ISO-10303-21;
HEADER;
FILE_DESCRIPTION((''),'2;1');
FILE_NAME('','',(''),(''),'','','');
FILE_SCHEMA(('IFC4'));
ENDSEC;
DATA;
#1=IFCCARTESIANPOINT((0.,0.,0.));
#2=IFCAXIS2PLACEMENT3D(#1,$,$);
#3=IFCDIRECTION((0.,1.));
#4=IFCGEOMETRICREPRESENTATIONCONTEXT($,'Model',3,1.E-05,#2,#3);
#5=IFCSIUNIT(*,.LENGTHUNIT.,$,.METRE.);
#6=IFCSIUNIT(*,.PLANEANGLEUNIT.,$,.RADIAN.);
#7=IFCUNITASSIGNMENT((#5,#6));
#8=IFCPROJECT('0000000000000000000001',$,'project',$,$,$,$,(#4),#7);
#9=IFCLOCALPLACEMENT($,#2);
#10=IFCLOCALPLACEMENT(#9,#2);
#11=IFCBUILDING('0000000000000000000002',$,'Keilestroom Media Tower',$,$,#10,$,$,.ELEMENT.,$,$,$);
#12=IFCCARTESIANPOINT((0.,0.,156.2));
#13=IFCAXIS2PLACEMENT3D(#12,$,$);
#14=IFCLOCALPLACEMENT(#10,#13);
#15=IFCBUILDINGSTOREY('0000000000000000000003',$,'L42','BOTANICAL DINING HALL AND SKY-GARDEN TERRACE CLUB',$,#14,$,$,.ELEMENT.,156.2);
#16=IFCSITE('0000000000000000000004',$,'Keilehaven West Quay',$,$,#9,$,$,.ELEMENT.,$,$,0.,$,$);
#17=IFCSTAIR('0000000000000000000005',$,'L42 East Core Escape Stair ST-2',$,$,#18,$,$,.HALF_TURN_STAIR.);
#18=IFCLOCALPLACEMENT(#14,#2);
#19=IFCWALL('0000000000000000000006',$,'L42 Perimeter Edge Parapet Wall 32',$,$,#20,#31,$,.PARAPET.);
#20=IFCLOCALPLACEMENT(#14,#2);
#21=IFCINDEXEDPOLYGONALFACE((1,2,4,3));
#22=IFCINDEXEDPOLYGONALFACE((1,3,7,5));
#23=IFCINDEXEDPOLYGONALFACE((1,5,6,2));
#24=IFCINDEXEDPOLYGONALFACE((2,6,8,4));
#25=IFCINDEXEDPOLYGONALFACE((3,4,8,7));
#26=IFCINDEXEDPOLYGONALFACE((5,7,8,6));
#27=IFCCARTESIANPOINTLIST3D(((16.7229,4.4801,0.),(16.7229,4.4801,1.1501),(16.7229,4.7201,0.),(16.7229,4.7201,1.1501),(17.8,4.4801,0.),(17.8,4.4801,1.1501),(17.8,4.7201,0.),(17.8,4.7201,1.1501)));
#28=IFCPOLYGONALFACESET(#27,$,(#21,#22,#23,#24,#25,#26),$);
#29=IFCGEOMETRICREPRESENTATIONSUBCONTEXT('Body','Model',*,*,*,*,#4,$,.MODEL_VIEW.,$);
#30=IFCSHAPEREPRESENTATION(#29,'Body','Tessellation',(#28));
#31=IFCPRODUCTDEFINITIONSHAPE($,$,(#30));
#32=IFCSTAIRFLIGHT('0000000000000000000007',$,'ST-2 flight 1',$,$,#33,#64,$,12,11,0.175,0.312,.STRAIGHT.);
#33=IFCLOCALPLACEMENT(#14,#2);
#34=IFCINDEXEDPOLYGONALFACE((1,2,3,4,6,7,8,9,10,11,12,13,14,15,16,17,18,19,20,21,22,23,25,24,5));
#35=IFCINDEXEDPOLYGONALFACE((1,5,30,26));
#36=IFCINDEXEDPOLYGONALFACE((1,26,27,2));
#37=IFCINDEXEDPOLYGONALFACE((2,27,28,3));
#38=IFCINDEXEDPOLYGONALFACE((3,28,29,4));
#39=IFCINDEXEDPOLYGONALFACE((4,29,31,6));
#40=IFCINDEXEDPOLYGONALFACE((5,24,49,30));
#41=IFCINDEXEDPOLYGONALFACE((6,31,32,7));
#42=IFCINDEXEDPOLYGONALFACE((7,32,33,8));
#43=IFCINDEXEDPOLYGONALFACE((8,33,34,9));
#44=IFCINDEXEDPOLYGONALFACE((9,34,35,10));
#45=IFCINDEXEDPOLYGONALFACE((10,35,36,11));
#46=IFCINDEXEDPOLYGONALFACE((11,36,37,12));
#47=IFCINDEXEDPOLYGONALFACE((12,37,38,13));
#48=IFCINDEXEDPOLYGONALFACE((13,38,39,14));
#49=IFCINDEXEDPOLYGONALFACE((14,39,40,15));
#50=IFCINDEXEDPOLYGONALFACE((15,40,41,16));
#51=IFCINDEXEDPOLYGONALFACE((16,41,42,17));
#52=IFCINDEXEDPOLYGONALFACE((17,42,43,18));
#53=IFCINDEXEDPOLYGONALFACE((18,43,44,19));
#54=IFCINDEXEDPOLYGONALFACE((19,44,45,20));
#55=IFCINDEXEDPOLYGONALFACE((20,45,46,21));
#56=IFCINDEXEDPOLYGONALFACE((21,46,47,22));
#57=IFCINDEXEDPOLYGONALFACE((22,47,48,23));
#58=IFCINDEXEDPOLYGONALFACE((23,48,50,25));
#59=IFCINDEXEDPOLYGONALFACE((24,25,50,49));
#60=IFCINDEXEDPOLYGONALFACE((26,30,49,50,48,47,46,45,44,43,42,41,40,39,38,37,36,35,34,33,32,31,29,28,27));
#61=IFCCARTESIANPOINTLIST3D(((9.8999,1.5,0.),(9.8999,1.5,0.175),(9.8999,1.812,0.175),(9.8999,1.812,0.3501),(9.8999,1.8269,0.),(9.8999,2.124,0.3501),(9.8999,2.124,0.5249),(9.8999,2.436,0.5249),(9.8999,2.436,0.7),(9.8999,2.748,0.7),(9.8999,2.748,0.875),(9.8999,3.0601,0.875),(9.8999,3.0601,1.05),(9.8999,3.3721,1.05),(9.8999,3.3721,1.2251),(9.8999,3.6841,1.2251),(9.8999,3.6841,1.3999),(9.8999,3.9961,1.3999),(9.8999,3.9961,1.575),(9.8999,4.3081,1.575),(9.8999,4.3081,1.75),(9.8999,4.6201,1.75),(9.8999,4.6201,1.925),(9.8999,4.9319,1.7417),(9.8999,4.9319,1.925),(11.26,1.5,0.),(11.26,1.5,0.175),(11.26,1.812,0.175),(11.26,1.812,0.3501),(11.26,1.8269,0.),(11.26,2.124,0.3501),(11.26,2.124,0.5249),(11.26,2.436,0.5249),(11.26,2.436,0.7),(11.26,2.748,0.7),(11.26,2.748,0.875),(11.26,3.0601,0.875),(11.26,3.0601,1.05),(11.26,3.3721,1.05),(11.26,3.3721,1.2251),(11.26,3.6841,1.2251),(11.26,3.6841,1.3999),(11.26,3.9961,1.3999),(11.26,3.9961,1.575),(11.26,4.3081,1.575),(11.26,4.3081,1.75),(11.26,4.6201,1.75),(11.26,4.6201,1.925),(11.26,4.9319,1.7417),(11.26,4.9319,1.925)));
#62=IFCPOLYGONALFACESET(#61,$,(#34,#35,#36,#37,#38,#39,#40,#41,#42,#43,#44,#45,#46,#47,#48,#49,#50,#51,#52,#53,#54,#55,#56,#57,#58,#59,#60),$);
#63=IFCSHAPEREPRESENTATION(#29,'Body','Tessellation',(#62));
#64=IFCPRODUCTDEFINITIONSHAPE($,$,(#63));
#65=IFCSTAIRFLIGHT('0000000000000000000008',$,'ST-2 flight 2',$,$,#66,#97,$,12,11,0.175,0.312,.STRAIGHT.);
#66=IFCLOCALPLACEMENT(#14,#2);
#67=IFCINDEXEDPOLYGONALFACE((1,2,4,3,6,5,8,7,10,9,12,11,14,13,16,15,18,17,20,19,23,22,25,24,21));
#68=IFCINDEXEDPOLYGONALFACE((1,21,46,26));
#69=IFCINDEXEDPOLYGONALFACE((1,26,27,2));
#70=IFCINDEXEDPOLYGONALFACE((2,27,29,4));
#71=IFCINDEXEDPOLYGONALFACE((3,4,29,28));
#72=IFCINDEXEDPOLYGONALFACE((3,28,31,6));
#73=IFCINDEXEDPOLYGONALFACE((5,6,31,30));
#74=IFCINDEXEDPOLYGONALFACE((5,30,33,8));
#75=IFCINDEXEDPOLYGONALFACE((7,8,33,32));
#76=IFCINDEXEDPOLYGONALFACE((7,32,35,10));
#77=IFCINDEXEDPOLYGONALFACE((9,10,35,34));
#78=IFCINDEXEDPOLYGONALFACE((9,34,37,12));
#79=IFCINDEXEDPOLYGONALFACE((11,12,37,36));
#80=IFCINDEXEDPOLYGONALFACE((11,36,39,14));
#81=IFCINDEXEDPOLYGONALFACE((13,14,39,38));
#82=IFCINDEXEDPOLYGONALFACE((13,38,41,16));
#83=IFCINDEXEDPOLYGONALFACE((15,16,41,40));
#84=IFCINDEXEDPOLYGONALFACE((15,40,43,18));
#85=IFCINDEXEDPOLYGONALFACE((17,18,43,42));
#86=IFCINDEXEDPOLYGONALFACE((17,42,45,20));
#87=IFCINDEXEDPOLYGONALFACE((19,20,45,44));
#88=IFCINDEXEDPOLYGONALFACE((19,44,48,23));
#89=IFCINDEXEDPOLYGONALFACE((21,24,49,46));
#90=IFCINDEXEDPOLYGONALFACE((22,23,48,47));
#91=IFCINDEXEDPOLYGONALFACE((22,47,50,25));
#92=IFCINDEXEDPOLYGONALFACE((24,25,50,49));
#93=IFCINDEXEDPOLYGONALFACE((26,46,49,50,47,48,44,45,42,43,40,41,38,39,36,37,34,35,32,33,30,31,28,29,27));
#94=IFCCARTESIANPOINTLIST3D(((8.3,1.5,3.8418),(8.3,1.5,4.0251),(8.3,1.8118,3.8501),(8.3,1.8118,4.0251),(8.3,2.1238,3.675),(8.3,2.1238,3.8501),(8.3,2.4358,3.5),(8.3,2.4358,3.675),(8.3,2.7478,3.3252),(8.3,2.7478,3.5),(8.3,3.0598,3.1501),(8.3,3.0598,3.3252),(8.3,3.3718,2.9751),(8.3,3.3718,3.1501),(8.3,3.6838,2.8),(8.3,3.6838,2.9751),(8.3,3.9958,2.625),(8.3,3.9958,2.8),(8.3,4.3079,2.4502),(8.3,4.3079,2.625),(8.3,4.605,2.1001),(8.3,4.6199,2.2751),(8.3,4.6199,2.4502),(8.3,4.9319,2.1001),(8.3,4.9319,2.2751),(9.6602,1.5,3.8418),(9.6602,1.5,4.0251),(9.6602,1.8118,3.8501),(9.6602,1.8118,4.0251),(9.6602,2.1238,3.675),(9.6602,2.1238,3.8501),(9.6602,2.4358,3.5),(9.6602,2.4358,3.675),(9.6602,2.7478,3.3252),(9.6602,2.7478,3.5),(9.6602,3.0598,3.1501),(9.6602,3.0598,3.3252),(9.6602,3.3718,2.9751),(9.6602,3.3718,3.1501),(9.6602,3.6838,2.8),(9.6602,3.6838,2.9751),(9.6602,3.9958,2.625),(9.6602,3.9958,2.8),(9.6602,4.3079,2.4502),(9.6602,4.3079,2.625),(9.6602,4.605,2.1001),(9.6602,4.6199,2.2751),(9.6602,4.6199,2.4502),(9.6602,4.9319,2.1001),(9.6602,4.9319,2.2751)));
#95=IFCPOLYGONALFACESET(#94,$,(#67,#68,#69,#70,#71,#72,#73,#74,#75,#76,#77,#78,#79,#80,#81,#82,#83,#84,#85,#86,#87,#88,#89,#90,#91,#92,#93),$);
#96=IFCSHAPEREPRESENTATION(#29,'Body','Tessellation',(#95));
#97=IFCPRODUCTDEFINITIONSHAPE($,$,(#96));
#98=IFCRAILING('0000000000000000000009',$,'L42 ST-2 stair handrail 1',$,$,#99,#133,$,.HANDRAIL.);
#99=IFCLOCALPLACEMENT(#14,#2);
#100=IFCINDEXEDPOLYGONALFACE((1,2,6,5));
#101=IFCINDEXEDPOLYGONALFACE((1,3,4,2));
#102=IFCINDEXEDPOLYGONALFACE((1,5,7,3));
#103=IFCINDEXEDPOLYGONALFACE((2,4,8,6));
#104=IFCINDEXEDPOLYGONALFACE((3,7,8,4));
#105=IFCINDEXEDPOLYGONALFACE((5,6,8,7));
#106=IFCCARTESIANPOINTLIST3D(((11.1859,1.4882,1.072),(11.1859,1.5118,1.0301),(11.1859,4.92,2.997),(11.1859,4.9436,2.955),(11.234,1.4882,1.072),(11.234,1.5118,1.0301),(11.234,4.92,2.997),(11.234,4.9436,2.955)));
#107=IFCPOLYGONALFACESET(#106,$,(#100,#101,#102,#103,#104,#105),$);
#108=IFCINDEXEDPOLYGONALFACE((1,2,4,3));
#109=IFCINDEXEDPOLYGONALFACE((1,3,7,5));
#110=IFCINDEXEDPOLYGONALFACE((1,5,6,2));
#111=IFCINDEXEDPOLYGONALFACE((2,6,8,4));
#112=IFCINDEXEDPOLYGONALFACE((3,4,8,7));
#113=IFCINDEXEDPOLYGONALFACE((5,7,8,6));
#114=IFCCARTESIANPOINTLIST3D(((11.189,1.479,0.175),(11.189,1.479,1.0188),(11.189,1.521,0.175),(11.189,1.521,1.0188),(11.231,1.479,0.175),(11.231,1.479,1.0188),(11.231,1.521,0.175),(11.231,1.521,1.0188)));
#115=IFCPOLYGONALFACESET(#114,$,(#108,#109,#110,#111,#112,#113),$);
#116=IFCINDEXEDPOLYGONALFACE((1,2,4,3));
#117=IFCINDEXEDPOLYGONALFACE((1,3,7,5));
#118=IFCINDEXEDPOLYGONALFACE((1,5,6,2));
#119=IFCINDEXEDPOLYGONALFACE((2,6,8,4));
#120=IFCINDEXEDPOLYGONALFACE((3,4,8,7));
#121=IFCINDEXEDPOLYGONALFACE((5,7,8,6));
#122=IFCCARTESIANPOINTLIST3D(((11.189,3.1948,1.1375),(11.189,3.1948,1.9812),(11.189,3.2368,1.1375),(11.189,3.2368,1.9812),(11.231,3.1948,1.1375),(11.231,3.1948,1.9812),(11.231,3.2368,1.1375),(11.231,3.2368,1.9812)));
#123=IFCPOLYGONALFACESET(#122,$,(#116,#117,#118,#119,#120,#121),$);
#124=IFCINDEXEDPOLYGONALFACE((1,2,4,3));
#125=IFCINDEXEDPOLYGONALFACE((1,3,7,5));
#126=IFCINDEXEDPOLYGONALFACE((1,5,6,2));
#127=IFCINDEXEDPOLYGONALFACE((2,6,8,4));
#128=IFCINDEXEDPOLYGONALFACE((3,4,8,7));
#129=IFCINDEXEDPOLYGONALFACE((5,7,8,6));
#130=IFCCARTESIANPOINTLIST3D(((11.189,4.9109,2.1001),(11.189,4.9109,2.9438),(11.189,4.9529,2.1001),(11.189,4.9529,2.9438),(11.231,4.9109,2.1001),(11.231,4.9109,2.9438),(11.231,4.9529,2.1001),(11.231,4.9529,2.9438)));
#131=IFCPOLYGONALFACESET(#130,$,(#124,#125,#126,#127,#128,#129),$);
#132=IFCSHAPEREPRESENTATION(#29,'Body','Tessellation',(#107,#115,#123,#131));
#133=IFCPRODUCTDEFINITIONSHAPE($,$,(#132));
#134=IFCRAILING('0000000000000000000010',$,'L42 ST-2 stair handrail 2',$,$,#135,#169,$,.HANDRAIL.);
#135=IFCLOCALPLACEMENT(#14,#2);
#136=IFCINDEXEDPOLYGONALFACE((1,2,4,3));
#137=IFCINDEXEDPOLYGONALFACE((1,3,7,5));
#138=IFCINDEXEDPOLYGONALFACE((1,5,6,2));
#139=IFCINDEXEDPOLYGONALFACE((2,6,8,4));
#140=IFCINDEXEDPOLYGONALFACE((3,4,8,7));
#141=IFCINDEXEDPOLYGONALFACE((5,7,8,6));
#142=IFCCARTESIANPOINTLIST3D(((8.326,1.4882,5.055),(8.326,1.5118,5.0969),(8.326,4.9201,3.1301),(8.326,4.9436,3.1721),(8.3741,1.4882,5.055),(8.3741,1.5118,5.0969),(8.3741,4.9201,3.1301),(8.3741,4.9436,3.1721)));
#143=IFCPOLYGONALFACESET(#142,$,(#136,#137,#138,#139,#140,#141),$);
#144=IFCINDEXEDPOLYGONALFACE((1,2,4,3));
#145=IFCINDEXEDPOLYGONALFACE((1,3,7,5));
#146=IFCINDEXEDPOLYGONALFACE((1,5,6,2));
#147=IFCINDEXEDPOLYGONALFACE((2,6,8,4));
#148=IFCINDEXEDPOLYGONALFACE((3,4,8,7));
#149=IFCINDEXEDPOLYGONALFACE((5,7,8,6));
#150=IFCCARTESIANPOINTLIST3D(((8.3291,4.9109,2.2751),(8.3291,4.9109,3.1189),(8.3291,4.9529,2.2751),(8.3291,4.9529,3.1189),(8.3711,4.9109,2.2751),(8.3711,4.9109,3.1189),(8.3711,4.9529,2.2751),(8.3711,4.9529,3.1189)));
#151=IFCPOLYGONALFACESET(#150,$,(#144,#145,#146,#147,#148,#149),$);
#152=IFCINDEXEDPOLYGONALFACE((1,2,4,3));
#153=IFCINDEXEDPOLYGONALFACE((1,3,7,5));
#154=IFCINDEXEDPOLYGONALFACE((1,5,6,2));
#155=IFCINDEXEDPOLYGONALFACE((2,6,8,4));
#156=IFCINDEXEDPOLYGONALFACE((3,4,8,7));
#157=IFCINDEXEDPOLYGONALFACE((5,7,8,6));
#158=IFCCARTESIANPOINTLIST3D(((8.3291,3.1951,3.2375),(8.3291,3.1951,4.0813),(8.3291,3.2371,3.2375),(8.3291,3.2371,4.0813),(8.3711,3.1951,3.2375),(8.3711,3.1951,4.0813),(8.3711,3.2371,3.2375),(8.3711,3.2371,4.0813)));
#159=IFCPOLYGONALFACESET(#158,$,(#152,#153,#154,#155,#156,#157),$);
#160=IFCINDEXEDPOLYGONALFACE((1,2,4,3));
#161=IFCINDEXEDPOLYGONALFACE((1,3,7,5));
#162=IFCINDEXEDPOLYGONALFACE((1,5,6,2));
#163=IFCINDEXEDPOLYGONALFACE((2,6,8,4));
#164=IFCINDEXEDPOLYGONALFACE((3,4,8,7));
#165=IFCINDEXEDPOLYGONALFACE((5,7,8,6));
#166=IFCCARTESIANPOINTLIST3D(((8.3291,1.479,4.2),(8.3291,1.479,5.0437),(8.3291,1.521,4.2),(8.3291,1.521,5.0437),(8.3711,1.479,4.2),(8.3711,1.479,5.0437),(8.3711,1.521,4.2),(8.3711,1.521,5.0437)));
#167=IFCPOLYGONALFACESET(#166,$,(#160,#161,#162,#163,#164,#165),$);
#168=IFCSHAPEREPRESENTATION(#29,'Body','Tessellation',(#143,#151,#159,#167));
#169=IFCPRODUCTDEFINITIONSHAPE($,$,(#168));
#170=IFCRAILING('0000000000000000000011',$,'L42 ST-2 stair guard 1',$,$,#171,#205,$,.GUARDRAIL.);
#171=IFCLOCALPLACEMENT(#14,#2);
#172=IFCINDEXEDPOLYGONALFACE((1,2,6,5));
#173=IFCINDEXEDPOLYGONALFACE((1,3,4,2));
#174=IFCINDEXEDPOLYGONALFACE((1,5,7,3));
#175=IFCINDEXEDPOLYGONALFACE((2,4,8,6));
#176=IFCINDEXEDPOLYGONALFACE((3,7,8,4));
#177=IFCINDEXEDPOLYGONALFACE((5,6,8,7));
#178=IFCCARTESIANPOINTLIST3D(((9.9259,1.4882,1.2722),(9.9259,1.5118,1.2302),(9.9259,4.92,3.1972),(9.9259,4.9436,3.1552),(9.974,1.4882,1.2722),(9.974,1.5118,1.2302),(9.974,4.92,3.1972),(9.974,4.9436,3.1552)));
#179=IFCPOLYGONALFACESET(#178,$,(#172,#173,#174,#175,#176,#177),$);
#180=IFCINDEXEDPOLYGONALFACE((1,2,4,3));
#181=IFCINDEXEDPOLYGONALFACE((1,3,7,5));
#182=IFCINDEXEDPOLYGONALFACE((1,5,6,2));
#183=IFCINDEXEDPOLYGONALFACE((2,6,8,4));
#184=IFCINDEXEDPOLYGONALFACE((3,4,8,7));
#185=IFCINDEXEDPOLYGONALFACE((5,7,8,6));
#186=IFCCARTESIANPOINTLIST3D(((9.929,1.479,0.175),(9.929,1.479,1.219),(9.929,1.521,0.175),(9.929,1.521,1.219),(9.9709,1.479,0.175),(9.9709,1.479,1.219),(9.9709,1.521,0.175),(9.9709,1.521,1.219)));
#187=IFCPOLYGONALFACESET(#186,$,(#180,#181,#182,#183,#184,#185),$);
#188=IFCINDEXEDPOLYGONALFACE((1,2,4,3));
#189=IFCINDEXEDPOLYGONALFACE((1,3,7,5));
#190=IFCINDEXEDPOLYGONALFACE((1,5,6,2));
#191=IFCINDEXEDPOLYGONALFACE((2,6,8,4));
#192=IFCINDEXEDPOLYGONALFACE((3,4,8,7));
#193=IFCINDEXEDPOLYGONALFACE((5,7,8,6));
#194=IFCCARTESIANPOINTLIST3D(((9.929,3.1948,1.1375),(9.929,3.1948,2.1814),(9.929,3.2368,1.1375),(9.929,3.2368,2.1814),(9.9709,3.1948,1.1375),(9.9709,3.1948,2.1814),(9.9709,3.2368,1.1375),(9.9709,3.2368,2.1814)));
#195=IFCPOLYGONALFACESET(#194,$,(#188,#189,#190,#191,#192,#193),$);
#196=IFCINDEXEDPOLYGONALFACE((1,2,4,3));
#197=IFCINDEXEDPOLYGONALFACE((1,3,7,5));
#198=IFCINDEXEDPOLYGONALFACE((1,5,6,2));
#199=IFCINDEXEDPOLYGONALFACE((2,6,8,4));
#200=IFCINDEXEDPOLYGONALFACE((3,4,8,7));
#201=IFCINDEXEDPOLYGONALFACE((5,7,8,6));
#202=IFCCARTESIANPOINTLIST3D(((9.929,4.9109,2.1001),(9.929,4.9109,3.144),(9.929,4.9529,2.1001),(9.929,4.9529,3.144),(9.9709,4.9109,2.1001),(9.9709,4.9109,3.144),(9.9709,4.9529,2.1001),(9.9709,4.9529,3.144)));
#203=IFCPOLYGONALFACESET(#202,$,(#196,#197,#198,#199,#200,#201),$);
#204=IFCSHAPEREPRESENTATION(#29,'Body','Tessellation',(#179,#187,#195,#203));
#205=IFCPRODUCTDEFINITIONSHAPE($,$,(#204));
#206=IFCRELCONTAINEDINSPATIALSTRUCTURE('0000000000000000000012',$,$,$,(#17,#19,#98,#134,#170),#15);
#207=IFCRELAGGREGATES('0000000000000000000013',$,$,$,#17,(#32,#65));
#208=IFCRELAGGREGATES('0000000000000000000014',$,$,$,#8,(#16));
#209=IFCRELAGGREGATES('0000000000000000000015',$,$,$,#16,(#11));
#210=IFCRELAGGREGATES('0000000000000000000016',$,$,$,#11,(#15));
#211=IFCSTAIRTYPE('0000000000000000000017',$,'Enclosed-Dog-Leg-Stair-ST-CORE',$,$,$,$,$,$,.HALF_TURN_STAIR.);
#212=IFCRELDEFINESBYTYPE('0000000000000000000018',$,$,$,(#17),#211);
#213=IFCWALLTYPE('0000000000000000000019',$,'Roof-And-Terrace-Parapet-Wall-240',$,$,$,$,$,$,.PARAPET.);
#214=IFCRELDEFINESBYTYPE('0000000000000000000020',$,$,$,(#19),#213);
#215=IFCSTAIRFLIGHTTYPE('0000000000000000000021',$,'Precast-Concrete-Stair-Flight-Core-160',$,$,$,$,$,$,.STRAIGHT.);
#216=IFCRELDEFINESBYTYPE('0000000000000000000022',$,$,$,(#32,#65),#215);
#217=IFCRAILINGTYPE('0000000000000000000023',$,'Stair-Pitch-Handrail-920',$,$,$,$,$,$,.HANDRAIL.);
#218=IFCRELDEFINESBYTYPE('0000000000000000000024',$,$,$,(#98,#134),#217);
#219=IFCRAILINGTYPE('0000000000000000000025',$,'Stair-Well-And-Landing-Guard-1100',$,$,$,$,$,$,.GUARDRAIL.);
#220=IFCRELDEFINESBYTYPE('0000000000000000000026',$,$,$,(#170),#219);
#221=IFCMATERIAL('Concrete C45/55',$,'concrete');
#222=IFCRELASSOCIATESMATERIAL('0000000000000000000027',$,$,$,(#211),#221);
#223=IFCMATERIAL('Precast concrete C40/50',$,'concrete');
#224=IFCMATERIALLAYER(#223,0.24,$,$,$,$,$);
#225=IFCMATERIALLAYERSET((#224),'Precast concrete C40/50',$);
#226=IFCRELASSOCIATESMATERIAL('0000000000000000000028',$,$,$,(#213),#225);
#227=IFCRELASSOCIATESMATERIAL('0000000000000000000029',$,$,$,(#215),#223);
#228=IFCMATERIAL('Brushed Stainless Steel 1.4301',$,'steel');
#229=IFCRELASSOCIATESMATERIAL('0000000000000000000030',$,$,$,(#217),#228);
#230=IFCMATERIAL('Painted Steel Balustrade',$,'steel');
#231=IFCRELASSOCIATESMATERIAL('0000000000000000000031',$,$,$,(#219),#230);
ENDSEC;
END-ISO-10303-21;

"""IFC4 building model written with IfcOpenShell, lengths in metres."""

from ifc_helpers import new_model, si_unit, direction, frame, frame_2d, origin, origin_2d, place, context, subcontext, project, spatial, polyline, rectangle, outline, extrude, material, layer, layer_set, type_object, element, aggregate, save


model = new_model("IFC4")

# Units and contexts
model_context = context("Model", 3, precision=1e-05, world=origin(), true_north=direction((0.0, 1.0)))
body_context = subcontext(model_context, "Body", "Model", "MODEL_VIEW")
ifc_project = project(units=[si_unit("LENGTHUNIT", "METRE"), si_unit("PLANEANGLEUNIT", "RADIAN")], contexts=[model_context])

# Site, building, storey
site_placement = place(None, origin())
site = spatial("IfcSite", under=ifc_project, at=site_placement, Name="Keilehaven West Quay", CompositionType="ELEMENT", RefElevation=0.0)
building_placement = place(site_placement, origin())
building = spatial("IfcBuilding", under=site, at=building_placement, Name="Keilestroom Media Tower", CompositionType="ELEMENT")
storey_placement = place(building_placement, frame((0.0, 0.0, 156.2)))
storey = spatial("IfcBuildingStorey", under=building, at=storey_placement, Name="L42", Description="BOTANICAL DINING HALL AND SKY-GARDEN TERRACE CLUB", CompositionType="ELEMENT", Elevation=156.2)

# Shared definitions
ifc_material_1 = material(Name="Precast concrete C40/50", Category="concrete")

# Shared definitions
ifc_material_2 = material(Name="Concrete C45/55", Category="concrete")

# Stair
stair_type = type_object("IfcStairType", Name="Enclosed-Dog-Leg-Stair-ST-CORE", PredefinedType="HALF_TURN_STAIR", material=ifc_material_2)
stair_1_placement = place(storey_placement, origin())
stair_1 = element("IfcStair", 1, at=stair_1_placement, inside=storey, type_object=stair_type, Name="L42 East Core Escape Stair ST-2", PredefinedType="HALF_TURN_STAIR")

# Wall
ifc_layer_1 = layer(ifc_material_1, 0.24)
ifc_layer_set_1 = layer_set([ifc_layer_1], Name="Precast concrete C40/50")
wall_type_1 = type_object("IfcWallType", Name="Roof-And-Terrace-Parapet-Wall-240", PredefinedType="PARAPET", material=ifc_layer_set_1)
wall_1_placement = place(storey_placement, frame((16.7229, 4.6001, 0.0), z_axis=(0.0, 0.0, 1.0), x_axis=(1.0, 0.0, 0.0)))
element("IfcWall", 2, at=wall_1_placement, inside=storey, type_object=wall_type_1, Name="L42 Perimeter Edge Parapet Wall 32", PredefinedType="PARAPET", context=body_context, shape_type="SweptSolid", body=[
    extrude(rectangle(XDim=1.0771, YDim=0.24, at=frame_2d((0.5386, 0.0))), origin(), (0.0, 0.0, 1.0), 1.1501),
])

# Stair flights
stair_flight_type = type_object("IfcStairFlightType", Name="Precast-Concrete-Stair-Flight-Core-160", PredefinedType="STRAIGHT", material=ifc_material_1)
stair_flight_1_placement = place(storey_placement, frame((10.5801, 1.5, 0.0), z_axis=(0.0, 0.0, 1.0), x_axis=(0.0, 1.0, 0.0)))
stair_flight_1 = element("IfcStairFlight", 3, at=stair_flight_1_placement, type_object=stair_flight_type, Name="ST-2 flight 1", NumberOfRisers=12, NumberOfTreads=11, PredefinedType="STRAIGHT", RiserHeight=0.175, TreadLength=0.312, context=body_context, shape_type="SweptSolid", body=[
    extrude(outline(polyline([(0.0, 0.0), (0.0, 0.175), (0.312, 0.175), (0.312, 0.3501), (0.624, 0.3501), (0.624, 0.5249), (0.936, 0.5249), (0.936, 0.7), (1.248, 0.7), (1.248, 0.875), (1.5601, 0.875), (1.5601, 1.05), (1.8721, 1.05), (1.8721, 1.2251), (2.1841, 1.2251), (2.1841, 1.3999), (2.4961, 1.3999), (2.4961, 1.575), (2.8081, 1.575), (2.8081, 1.75), (3.1201, 1.75), (3.1201, 1.925), (3.4319, 1.925), (3.4319, 2.1001), (3.4319, 1.7417), (0.3269, 0.0), (0.0, 0.0)])), frame((0.0, 0.6802, 0.0), z_axis=(0.0, -1.0, 0.0), x_axis=(1.0, 0.0, 0.0)), (0.0, 0.0, 1.0), 1.3601),
])
stair_flight_2_placement = place(storey_placement, frame((8.98, 4.9319, 2.1001), z_axis=(0.0, 0.0, 1.0), x_axis=(0.0, -1.0, 0.0)))
stair_flight_2 = element("IfcStairFlight", 4, at=stair_flight_2_placement, type_object=stair_flight_type, Name="ST-2 flight 2", NumberOfRisers=12, NumberOfTreads=11, PredefinedType="STRAIGHT", RiserHeight=0.175, TreadLength=0.312, context=body_context, shape_type="SweptSolid", body=[
    extrude(outline(polyline([(0.0, 0.0), (0.0, 0.175), (0.312, 0.175), (0.312, 0.3501), (0.624, 0.3501), (0.624, 0.5249), (0.936, 0.5249), (0.936, 0.7), (1.248, 0.7), (1.248, 0.875), (1.5601, 0.875), (1.5601, 1.05), (1.8721, 1.05), (1.8721, 1.2251), (2.1841, 1.2251), (2.1841, 1.3999), (2.4961, 1.3999), (2.4961, 1.575), (2.8081, 1.575), (2.8081, 1.75), (3.1201, 1.75), (3.1201, 1.925), (3.4319, 1.925), (3.4319, 2.1001), (3.4319, 1.7417), (0.3269, 0.0), (0.0, 0.0)])), frame((0.0, 0.6802, 0.0), z_axis=(0.0, -1.0, 0.0), x_axis=(1.0, 0.0, 0.0)), (0.0, 0.0, 1.0), 1.3601),
])
aggregate(stair_1, [stair_flight_1, stair_flight_2])

# Railings
ifc_material_3 = material(Name="Brushed Stainless Steel 1.4301", Category="steel")
railing_type_1 = type_object("IfcRailingType", Name="Stair-Pitch-Handrail-920", PredefinedType="HANDRAIL", material=ifc_material_3)
railing_1_placement = place(storey_placement, frame((11.21, 1.5, 0.175)))
element("IfcRailing", 5, at=railing_1_placement, inside=storey, type_object=railing_type_1, Name="L42 ST-2 stair handrail 1", PredefinedType="HANDRAIL", context=body_context, shape_type="SweptSolid", body=[
    extrude(rectangle(XDim=0.0481, YDim=0.0481, at=origin_2d()), frame((0.0, 0.0, 0.876), z_axis=(0.0, 0.87216, 0.489221), x_axis=(-1.0, 0.0, 0.0)), (0.0, 0.0, 1.0), 3.9348),
    extrude(rectangle(XDim=0.042, YDim=0.042, at=origin_2d()), origin(), (0.0, 0.0, 1.0), 0.8438),
    extrude(rectangle(XDim=0.042, YDim=0.042, at=origin_2d()), frame((0.0, 1.7158, 0.9624)), (0.0, 0.0, 1.0), 0.8438),
    extrude(rectangle(XDim=0.042, YDim=0.042, at=origin_2d()), frame((0.0, 3.4319, 1.925)), (0.0, 0.0, 1.0), 0.8438),
])
railing_2_placement = place(storey_placement, frame((8.3501, 4.9319, 2.2751)))
element("IfcRailing", 6, at=railing_2_placement, inside=storey, type_object=railing_type_1, Name="L42 ST-2 stair handrail 2", PredefinedType="HANDRAIL", context=body_context, shape_type="SweptSolid", body=[
    extrude(rectangle(XDim=0.0481, YDim=0.0481, at=origin_2d()), frame((0.0, 0.0, 0.876), z_axis=(0.0, -0.872186, 0.489174), x_axis=(1.0, 0.0, 0.0)), (0.0, 0.0, 1.0), 3.9348),
    extrude(rectangle(XDim=0.042, YDim=0.042, at=origin_2d()), origin(), (0.0, 0.0, 1.0), 0.8438),
    extrude(rectangle(XDim=0.042, YDim=0.042, at=origin_2d()), frame((0.0, -1.7158, 0.9624)), (0.0, 0.0, 1.0), 0.8438),
    extrude(rectangle(XDim=0.042, YDim=0.042, at=origin_2d()), frame((0.0, -3.4319, 1.9248)), (0.0, 0.0, 1.0), 0.8438),
])
ifc_material_4 = material(Name="Painted Steel Balustrade", Category="steel")
railing_type_2 = type_object("IfcRailingType", Name="Stair-Well-And-Landing-Guard-1100", PredefinedType="GUARDRAIL", material=ifc_material_4)
railing_3_placement = place(storey_placement, frame((9.95, 1.5, 0.175)))
element("IfcRailing", 7, at=railing_3_placement, inside=storey, type_object=railing_type_2, Name="L42 ST-2 stair guard 1", PredefinedType="GUARDRAIL", context=body_context, shape_type="SweptSolid", body=[
    extrude(rectangle(XDim=0.0481, YDim=0.0481, at=origin_2d()), frame((0.0, 0.0, 1.0762), z_axis=(0.0, 0.87216, 0.489221), x_axis=(-1.0, 0.0, 0.0)), (0.0, 0.0, 1.0), 3.9348),
    extrude(rectangle(XDim=0.042, YDim=0.042, at=origin_2d()), origin(), (0.0, 0.0, 1.0), 1.0439),
    extrude(rectangle(XDim=0.042, YDim=0.042, at=origin_2d()), frame((0.0, 1.7158, 0.9624)), (0.0, 0.0, 1.0), 1.0439),
    extrude(rectangle(XDim=0.042, YDim=0.042, at=origin_2d()), frame((0.0, 3.4319, 1.925)), (0.0, 0.0, 1.0), 1.0439),
])

save(model, "model.ifc")
